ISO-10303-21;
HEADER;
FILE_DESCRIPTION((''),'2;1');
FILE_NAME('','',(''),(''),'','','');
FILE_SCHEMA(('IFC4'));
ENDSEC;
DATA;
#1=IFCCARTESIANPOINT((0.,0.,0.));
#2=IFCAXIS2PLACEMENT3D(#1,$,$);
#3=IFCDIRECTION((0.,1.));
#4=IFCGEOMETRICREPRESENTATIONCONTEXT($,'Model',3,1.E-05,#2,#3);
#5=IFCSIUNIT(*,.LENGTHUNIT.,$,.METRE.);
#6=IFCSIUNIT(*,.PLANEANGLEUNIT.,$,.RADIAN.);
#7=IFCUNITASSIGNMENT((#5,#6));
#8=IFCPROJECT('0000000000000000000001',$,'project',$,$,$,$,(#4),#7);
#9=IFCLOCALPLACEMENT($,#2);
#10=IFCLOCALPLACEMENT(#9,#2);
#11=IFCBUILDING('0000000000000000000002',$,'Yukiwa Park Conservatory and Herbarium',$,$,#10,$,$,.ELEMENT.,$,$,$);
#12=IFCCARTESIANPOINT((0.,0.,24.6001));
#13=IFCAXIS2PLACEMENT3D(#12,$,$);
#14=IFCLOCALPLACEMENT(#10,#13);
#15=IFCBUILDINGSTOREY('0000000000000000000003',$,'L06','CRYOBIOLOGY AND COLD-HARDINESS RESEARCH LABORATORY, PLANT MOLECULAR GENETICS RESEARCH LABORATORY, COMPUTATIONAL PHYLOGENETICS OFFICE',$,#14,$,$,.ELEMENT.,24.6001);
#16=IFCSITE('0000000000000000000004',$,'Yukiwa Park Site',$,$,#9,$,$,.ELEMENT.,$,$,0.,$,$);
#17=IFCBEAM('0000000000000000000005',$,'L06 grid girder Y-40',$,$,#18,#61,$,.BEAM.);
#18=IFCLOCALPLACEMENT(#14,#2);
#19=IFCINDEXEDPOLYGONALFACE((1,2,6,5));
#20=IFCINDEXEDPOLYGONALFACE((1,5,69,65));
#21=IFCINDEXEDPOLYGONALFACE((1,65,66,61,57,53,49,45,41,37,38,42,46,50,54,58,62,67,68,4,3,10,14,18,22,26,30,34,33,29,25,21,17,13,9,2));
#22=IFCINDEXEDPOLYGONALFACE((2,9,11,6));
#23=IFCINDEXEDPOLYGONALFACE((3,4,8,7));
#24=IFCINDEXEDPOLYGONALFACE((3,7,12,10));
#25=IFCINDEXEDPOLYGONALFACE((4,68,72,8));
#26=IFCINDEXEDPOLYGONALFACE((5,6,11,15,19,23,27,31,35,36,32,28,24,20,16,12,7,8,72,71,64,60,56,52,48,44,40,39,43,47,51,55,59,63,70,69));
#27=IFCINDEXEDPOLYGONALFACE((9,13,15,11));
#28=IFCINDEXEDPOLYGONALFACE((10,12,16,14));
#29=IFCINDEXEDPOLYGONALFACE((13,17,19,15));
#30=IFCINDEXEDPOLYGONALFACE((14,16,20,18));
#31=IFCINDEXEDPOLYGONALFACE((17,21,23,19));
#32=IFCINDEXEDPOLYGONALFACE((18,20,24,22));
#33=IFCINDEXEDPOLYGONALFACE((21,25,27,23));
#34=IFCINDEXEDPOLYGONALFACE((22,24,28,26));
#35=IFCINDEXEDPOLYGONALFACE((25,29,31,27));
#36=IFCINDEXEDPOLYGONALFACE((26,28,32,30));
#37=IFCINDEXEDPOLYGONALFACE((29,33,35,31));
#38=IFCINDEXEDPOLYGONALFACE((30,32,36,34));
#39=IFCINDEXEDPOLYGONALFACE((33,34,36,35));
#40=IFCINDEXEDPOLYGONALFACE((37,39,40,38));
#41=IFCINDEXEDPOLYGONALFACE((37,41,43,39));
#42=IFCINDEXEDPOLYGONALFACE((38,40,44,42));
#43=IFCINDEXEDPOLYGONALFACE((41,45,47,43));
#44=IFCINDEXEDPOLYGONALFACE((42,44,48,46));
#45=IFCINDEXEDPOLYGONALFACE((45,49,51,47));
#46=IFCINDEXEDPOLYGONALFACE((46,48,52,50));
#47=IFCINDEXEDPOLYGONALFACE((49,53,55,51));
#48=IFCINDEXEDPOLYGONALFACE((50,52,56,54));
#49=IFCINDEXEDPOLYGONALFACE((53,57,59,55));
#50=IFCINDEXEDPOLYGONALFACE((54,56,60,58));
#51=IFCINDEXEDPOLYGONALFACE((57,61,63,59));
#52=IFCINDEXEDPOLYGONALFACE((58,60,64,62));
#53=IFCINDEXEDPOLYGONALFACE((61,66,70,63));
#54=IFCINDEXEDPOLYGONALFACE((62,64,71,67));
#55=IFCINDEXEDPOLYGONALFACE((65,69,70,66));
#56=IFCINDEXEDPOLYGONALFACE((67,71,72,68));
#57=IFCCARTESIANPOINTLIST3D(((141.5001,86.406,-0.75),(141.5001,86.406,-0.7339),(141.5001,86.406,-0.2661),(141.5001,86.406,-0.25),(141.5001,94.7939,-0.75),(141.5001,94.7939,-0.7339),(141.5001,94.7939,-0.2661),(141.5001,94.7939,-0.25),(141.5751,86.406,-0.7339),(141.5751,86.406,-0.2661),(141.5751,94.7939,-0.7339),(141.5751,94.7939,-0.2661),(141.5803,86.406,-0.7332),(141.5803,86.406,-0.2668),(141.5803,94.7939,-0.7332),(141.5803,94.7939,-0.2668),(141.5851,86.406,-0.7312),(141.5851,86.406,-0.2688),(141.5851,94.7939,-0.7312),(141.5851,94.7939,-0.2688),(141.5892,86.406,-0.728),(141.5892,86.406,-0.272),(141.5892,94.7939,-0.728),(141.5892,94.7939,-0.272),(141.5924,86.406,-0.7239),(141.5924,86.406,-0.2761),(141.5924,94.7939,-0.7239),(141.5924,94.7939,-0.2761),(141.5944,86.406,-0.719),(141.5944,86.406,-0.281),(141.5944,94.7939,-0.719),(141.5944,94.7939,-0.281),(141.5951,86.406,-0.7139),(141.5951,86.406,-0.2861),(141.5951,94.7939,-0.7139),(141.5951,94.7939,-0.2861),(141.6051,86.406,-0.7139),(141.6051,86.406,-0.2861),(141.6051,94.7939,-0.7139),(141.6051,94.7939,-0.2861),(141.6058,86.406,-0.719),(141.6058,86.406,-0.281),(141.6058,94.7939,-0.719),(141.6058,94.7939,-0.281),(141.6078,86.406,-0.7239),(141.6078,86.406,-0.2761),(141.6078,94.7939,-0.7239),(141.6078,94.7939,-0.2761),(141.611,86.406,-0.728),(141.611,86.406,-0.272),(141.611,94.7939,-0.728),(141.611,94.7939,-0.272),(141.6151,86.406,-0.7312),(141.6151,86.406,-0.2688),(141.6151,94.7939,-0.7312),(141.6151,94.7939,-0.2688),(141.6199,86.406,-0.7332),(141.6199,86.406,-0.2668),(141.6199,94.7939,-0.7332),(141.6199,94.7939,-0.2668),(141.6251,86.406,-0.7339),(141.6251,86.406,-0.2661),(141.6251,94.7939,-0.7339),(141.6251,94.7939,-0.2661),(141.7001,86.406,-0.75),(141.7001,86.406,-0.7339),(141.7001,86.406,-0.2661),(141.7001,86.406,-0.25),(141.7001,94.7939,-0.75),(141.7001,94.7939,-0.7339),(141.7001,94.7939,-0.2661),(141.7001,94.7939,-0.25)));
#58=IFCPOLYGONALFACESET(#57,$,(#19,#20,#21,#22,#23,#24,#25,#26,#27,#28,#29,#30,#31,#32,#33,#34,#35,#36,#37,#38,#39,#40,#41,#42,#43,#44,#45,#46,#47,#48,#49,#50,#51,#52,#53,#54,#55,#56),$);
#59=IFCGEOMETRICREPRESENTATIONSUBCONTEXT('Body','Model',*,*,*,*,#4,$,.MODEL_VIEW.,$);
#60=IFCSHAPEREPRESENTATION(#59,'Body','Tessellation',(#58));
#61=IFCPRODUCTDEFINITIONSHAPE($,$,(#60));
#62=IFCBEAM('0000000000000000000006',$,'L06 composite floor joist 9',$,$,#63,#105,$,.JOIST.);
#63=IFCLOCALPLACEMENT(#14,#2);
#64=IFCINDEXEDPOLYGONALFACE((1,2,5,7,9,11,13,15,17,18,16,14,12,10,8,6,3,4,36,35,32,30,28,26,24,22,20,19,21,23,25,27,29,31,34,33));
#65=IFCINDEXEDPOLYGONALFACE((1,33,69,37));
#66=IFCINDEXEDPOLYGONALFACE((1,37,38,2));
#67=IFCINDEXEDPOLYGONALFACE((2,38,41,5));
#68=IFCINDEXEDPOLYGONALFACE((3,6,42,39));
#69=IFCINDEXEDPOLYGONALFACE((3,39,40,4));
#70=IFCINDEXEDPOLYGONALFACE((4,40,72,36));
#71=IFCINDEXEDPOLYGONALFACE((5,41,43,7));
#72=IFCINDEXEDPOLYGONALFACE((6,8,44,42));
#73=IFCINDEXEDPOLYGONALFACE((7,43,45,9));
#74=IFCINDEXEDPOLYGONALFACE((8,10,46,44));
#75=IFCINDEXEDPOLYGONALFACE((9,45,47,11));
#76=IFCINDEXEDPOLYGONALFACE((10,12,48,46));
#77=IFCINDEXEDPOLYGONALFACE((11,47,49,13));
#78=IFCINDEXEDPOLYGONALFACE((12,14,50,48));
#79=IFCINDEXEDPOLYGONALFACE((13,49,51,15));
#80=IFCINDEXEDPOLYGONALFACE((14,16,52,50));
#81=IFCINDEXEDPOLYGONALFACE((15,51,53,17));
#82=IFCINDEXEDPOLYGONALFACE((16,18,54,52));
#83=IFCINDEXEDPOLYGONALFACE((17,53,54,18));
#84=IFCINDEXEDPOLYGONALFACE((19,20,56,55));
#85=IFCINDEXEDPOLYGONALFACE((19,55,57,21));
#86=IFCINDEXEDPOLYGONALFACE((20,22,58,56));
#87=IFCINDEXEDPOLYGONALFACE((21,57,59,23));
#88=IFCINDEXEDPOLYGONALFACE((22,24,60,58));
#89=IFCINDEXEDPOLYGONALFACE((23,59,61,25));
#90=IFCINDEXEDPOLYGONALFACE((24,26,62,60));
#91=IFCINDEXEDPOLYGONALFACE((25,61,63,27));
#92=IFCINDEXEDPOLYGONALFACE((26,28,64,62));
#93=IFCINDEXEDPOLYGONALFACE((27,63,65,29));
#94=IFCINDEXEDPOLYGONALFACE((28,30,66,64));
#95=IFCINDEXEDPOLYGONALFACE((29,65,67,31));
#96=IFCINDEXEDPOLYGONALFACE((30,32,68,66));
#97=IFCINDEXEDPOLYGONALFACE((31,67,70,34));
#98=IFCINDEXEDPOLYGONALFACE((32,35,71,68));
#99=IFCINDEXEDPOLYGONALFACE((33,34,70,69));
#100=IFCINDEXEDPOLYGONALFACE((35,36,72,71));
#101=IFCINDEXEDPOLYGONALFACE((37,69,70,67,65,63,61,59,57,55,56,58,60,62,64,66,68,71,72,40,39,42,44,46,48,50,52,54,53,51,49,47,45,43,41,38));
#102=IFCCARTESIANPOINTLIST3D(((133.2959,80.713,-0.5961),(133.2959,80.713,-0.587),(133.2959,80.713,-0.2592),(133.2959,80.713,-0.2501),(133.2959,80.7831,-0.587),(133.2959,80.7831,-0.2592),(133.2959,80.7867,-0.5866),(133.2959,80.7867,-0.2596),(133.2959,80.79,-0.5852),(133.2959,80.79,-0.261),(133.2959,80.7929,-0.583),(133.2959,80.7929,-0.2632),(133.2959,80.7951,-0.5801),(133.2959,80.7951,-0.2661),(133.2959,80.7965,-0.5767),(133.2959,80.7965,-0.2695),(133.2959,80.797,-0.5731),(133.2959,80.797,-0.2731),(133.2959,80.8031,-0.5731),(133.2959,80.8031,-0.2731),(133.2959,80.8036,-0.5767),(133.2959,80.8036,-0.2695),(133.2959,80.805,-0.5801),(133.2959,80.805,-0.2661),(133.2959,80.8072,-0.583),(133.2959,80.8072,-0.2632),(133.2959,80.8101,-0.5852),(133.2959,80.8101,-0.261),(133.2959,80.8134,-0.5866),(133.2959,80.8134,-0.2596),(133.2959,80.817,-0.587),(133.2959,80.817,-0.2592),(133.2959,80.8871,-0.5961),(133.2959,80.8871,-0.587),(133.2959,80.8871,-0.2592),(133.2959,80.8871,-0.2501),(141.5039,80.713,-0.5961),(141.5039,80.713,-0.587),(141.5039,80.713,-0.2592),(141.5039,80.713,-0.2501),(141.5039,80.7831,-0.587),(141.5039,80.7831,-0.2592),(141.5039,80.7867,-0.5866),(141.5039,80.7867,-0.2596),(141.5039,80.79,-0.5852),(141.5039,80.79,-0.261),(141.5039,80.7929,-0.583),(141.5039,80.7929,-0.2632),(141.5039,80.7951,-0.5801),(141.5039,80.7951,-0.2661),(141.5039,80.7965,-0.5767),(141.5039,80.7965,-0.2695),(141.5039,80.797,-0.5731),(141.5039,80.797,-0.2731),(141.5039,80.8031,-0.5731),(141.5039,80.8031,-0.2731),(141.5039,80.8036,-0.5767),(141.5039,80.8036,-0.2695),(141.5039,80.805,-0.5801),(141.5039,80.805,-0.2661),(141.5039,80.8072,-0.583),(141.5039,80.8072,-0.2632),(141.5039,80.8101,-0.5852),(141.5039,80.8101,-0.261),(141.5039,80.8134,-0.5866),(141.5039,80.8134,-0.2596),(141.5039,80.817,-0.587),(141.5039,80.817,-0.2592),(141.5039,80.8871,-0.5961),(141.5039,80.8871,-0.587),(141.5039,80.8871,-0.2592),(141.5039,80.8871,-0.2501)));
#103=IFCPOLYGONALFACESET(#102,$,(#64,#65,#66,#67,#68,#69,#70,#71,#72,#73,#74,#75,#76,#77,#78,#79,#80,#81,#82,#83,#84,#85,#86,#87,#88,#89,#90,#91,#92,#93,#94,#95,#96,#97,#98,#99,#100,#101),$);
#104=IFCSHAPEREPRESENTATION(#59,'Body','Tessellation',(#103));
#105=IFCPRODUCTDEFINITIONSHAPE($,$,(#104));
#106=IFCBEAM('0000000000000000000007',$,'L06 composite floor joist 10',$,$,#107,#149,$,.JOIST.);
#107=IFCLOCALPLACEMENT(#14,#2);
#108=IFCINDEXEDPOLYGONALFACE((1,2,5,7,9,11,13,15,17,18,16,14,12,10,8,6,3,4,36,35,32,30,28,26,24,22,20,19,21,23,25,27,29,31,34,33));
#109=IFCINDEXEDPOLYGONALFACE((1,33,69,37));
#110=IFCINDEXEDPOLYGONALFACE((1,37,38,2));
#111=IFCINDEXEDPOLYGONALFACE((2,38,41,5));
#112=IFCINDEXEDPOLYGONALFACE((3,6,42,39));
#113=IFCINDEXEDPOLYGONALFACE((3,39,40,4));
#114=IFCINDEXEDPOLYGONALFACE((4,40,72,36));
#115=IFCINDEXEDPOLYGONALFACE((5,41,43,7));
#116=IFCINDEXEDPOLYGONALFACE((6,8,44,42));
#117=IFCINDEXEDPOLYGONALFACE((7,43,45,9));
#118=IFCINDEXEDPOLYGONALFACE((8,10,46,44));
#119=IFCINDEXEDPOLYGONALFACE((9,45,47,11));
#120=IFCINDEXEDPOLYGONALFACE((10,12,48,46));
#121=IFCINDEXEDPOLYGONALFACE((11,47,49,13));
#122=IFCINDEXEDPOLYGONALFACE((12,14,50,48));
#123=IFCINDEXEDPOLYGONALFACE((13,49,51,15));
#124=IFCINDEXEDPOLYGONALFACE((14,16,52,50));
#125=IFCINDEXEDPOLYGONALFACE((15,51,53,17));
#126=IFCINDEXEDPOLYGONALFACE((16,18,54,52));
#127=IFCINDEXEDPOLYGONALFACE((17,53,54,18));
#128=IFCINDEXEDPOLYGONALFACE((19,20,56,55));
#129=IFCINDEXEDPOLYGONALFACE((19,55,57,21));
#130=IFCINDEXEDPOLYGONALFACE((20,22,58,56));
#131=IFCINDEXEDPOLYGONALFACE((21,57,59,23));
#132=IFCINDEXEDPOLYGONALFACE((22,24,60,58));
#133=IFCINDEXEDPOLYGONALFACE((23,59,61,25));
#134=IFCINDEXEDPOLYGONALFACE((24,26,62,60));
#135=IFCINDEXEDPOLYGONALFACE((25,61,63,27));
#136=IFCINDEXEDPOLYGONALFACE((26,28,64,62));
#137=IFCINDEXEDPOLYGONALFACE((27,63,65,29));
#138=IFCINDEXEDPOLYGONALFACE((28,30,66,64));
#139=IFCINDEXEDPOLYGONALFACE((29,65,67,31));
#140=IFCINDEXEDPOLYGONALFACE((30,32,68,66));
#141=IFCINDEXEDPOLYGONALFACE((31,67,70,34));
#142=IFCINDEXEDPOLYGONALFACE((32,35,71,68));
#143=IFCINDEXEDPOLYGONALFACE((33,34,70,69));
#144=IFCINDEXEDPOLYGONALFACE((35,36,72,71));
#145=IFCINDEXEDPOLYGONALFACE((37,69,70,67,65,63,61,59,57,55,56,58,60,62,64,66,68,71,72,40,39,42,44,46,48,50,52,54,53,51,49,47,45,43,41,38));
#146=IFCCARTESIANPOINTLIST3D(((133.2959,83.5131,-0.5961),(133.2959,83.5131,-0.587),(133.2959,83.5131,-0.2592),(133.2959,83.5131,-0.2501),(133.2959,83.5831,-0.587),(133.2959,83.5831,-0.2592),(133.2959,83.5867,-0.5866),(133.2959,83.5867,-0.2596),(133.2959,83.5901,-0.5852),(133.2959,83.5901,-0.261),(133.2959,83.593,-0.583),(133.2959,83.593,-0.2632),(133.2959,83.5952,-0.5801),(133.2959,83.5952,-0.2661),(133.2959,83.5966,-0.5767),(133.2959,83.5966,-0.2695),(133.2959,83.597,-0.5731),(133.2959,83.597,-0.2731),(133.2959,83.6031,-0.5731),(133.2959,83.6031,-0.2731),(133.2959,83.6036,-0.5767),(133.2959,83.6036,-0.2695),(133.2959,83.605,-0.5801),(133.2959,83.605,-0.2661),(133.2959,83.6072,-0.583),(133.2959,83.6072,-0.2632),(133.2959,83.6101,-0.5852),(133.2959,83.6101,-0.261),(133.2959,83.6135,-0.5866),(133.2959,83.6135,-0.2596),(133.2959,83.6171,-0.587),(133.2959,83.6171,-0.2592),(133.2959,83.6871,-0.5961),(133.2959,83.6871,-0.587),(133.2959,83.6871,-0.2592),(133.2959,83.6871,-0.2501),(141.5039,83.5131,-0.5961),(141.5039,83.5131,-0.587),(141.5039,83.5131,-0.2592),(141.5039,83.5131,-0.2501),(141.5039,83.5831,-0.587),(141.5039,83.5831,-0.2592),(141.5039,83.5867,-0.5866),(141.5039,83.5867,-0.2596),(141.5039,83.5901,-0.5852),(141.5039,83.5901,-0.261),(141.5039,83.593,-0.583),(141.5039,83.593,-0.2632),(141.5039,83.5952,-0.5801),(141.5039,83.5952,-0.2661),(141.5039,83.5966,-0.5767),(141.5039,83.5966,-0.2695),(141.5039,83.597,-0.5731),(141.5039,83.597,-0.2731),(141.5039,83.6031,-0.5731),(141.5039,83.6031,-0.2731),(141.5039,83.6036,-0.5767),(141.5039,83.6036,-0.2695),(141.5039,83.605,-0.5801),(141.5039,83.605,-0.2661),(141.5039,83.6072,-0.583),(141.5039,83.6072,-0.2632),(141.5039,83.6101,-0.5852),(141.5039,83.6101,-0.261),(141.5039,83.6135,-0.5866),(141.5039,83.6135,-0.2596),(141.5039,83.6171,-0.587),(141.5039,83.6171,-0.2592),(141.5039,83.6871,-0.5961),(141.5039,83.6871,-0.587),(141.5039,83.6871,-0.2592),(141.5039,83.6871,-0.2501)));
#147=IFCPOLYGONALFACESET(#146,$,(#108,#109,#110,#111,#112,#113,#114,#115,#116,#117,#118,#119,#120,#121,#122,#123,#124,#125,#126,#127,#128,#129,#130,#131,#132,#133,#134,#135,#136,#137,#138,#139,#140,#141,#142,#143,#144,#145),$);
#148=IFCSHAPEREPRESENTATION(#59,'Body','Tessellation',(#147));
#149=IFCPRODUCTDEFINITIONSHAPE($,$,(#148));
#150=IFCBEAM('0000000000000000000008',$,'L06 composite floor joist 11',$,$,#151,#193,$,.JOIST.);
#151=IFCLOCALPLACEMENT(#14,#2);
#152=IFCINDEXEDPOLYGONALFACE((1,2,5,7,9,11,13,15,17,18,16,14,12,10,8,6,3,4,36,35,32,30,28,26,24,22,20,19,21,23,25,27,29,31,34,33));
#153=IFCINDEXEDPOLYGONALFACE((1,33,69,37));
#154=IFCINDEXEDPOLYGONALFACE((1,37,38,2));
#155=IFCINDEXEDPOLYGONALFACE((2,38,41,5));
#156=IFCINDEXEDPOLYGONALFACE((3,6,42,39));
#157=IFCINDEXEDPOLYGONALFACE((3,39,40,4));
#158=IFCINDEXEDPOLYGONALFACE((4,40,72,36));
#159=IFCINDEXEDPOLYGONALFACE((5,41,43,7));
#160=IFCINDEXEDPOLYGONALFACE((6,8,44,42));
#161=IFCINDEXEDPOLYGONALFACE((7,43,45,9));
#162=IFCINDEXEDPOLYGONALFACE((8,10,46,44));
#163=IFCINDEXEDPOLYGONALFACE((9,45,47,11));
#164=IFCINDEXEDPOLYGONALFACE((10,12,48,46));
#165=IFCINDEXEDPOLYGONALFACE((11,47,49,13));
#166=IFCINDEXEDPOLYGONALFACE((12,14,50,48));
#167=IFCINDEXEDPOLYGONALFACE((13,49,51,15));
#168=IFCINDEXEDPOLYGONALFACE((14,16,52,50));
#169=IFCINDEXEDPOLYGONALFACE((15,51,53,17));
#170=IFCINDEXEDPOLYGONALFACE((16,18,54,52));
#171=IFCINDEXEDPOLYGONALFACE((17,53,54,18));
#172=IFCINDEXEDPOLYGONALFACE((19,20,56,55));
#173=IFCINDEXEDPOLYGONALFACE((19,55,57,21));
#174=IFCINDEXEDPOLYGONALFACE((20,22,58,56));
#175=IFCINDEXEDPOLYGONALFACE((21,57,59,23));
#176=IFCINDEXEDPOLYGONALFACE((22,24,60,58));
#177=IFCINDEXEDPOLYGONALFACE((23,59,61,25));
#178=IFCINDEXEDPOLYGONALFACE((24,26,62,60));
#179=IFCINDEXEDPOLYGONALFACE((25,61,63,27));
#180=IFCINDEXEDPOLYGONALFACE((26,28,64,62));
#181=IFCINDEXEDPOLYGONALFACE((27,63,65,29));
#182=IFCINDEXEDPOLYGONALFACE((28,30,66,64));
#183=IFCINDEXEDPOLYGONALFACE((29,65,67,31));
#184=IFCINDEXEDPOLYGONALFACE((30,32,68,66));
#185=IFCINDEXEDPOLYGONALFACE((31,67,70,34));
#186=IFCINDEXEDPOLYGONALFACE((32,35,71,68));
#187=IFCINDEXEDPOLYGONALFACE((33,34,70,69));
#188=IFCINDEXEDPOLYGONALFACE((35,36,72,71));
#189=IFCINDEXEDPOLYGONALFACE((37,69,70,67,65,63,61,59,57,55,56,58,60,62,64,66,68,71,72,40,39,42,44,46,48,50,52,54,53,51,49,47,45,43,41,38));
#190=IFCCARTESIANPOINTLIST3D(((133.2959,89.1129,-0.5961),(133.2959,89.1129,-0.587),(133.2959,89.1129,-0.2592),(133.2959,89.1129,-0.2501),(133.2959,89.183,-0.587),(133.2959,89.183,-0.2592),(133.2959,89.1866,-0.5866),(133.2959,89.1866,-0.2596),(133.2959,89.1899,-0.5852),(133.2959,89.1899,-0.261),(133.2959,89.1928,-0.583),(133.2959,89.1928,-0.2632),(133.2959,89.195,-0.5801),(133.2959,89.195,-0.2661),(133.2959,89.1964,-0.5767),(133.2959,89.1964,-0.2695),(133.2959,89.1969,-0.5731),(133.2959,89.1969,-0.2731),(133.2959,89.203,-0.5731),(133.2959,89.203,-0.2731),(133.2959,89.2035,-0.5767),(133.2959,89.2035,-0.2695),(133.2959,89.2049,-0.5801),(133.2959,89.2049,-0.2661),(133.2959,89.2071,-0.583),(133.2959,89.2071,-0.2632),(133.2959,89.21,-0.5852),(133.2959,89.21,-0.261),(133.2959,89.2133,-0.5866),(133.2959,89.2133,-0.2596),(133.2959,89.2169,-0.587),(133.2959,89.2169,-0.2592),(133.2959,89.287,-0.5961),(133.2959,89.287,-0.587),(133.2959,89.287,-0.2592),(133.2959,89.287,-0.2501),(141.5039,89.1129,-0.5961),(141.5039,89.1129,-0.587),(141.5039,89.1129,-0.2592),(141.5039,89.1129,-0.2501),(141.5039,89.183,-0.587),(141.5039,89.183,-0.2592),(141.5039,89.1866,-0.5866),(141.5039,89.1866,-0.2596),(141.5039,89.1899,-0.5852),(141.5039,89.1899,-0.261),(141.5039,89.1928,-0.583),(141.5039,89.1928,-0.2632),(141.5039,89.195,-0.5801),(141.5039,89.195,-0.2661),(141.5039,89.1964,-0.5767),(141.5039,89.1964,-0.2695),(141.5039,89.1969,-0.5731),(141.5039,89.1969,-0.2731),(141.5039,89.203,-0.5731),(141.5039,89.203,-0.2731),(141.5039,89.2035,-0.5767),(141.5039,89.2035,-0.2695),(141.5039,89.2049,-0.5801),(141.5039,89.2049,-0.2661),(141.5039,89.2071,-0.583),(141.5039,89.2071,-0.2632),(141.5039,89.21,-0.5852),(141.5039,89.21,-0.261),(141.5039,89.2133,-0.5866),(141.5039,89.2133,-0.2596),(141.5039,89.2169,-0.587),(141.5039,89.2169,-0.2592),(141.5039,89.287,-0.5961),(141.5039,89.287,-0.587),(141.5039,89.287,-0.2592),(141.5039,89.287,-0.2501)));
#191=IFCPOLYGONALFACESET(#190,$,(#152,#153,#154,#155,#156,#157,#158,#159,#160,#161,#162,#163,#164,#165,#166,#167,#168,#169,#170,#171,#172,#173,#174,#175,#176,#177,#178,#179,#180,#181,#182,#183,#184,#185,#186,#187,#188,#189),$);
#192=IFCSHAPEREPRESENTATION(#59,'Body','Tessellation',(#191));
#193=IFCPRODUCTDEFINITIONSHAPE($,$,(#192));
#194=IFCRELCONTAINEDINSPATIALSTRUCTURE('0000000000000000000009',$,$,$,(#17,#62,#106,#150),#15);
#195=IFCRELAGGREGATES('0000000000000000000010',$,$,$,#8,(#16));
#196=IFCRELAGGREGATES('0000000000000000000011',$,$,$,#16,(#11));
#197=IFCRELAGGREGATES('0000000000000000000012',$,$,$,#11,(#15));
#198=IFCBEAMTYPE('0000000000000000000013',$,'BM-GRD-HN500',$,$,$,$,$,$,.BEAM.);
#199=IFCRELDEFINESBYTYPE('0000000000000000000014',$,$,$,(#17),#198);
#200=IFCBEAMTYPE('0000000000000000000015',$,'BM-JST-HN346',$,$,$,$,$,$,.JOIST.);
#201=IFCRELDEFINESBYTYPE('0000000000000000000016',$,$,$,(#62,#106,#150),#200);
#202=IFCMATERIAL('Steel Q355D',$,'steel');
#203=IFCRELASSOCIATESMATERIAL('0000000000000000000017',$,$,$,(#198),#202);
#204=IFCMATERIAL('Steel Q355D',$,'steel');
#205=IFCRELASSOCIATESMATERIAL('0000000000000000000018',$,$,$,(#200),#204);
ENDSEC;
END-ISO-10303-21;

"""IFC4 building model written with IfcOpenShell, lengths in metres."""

from ifc_helpers import new_model, si_unit, direction, frame, origin, origin_2d, place, context, subcontext, project, spatial, i_section, extrude, material, material_profile, profile_set, type_object, element, save


model = new_model("IFC4")

# Units and contexts
model_context = context("Model", 3, precision=1e-05, world=origin(), true_north=direction((0.0, 1.0)))
body_context = subcontext(model_context, "Body", "Model", "MODEL_VIEW")
ifc_project = project(units=[si_unit("LENGTHUNIT", "METRE"), si_unit("PLANEANGLEUNIT", "RADIAN")], contexts=[model_context])

# Site, building, storey
site_placement = place(None, origin())
site = spatial("IfcSite", under=ifc_project, at=site_placement, Name="Yukiwa Park Site", CompositionType="ELEMENT", RefElevation=0.0)
building_placement = place(site_placement, origin())
building = spatial("IfcBuilding", under=site, at=building_placement, Name="Yukiwa Park Conservatory and Herbarium", CompositionType="ELEMENT")
storey_placement = place(building_placement, frame((0.0, 0.0, 24.6001)))
storey = spatial("IfcBuildingStorey", under=building, at=storey_placement, Name="L06", Description="CRYOBIOLOGY AND COLD-HARDINESS RESEARCH LABORATORY, PLANT MOLECULAR GENETICS RESEARCH LABORATORY, COMPUTATIONAL PHYLOGENETICS OFFICE", CompositionType="ELEMENT", Elevation=24.6001)

# Beams
ifc_material_1 = material(Name="Steel Q355D", Category="steel")
ifc_material_profile_1 = material_profile(ifc_material_1, i_section(OverallWidth=0.2, OverallDepth=0.5, WebThickness=0.01, FlangeThickness=0.0161, FilletRadius=0.02, at=origin_2d()), Name="HN 500x200x10x16")
ifc_profile_set_1 = profile_set([ifc_material_profile_1], Name="Steel Q355D")
beam_type_1 = type_object("IfcBeamType", Name="BM-GRD-HN500", PredefinedType="BEAM", material=ifc_profile_set_1)
beam_placement = place(storey_placement, frame((141.6001, 86.406, -0.5), z_axis=(0.0, 1.0, 0.0), x_axis=(-1.0, 0.0, 0.0)))
element("IfcBeam", 1, at=beam_placement, inside=storey, type_object=beam_type_1, Name="L06 grid girder Y-40", PredefinedType="BEAM", context=body_context, shape_type="SweptSolid", body=[
    extrude(i_section(OverallWidth=0.2, OverallDepth=0.5, WebThickness=0.01, FlangeThickness=0.0161, FilletRadius=0.02, at=origin_2d()), origin(), (0.0, 0.0, 1.0), 8.3879),
])
ifc_material_2 = material(Name="Steel Q355D", Category="steel")
ifc_material_profile_2 = material_profile(ifc_material_2, i_section(OverallWidth=0.1741, OverallDepth=0.3459, WebThickness=0.0061, FlangeThickness=0.009, FilletRadius=0.0139, at=origin_2d()), Name="HN 346x174x6x9")
ifc_profile_set_2 = profile_set([ifc_material_profile_2], Name="Steel Q355D")
beam_type_2 = type_object("IfcBeamType", Name="BM-JST-HN346", PredefinedType="JOIST", material=ifc_profile_set_2)
for number, where, z_axis, x_axis, name in (
    (2, (133.2959, 80.8, -0.4231), (1.0, 0.0, 0.0), (0.0, 1.0, 0.0), "L06 composite floor joist 9"),
    (3, (133.2959, 83.6001, -0.4231), (1.0, 0.0, 0.0), (0.0, 1.0, 0.0), "L06 composite floor joist 10"),
    (4, (133.2959, 89.2, -0.4231), (1.0, 0.0, 0.0), (0.0, 1.0, 0.0), "L06 composite floor joist 11"),
):
    element("IfcBeam", number, at=place(storey_placement, frame(where, z_axis=z_axis, x_axis=x_axis)), inside=storey, type_object=beam_type_2, Name=name, PredefinedType="JOIST", context=body_context, shape_type="SweptSolid", body=[
        extrude(i_section(OverallWidth=0.1741, OverallDepth=0.3459, WebThickness=0.0061, FlangeThickness=0.009, FilletRadius=0.0139, at=origin_2d()), origin(), (0.0, 0.0, 1.0), 8.208),
    ])

save(model, "model.ifc")
